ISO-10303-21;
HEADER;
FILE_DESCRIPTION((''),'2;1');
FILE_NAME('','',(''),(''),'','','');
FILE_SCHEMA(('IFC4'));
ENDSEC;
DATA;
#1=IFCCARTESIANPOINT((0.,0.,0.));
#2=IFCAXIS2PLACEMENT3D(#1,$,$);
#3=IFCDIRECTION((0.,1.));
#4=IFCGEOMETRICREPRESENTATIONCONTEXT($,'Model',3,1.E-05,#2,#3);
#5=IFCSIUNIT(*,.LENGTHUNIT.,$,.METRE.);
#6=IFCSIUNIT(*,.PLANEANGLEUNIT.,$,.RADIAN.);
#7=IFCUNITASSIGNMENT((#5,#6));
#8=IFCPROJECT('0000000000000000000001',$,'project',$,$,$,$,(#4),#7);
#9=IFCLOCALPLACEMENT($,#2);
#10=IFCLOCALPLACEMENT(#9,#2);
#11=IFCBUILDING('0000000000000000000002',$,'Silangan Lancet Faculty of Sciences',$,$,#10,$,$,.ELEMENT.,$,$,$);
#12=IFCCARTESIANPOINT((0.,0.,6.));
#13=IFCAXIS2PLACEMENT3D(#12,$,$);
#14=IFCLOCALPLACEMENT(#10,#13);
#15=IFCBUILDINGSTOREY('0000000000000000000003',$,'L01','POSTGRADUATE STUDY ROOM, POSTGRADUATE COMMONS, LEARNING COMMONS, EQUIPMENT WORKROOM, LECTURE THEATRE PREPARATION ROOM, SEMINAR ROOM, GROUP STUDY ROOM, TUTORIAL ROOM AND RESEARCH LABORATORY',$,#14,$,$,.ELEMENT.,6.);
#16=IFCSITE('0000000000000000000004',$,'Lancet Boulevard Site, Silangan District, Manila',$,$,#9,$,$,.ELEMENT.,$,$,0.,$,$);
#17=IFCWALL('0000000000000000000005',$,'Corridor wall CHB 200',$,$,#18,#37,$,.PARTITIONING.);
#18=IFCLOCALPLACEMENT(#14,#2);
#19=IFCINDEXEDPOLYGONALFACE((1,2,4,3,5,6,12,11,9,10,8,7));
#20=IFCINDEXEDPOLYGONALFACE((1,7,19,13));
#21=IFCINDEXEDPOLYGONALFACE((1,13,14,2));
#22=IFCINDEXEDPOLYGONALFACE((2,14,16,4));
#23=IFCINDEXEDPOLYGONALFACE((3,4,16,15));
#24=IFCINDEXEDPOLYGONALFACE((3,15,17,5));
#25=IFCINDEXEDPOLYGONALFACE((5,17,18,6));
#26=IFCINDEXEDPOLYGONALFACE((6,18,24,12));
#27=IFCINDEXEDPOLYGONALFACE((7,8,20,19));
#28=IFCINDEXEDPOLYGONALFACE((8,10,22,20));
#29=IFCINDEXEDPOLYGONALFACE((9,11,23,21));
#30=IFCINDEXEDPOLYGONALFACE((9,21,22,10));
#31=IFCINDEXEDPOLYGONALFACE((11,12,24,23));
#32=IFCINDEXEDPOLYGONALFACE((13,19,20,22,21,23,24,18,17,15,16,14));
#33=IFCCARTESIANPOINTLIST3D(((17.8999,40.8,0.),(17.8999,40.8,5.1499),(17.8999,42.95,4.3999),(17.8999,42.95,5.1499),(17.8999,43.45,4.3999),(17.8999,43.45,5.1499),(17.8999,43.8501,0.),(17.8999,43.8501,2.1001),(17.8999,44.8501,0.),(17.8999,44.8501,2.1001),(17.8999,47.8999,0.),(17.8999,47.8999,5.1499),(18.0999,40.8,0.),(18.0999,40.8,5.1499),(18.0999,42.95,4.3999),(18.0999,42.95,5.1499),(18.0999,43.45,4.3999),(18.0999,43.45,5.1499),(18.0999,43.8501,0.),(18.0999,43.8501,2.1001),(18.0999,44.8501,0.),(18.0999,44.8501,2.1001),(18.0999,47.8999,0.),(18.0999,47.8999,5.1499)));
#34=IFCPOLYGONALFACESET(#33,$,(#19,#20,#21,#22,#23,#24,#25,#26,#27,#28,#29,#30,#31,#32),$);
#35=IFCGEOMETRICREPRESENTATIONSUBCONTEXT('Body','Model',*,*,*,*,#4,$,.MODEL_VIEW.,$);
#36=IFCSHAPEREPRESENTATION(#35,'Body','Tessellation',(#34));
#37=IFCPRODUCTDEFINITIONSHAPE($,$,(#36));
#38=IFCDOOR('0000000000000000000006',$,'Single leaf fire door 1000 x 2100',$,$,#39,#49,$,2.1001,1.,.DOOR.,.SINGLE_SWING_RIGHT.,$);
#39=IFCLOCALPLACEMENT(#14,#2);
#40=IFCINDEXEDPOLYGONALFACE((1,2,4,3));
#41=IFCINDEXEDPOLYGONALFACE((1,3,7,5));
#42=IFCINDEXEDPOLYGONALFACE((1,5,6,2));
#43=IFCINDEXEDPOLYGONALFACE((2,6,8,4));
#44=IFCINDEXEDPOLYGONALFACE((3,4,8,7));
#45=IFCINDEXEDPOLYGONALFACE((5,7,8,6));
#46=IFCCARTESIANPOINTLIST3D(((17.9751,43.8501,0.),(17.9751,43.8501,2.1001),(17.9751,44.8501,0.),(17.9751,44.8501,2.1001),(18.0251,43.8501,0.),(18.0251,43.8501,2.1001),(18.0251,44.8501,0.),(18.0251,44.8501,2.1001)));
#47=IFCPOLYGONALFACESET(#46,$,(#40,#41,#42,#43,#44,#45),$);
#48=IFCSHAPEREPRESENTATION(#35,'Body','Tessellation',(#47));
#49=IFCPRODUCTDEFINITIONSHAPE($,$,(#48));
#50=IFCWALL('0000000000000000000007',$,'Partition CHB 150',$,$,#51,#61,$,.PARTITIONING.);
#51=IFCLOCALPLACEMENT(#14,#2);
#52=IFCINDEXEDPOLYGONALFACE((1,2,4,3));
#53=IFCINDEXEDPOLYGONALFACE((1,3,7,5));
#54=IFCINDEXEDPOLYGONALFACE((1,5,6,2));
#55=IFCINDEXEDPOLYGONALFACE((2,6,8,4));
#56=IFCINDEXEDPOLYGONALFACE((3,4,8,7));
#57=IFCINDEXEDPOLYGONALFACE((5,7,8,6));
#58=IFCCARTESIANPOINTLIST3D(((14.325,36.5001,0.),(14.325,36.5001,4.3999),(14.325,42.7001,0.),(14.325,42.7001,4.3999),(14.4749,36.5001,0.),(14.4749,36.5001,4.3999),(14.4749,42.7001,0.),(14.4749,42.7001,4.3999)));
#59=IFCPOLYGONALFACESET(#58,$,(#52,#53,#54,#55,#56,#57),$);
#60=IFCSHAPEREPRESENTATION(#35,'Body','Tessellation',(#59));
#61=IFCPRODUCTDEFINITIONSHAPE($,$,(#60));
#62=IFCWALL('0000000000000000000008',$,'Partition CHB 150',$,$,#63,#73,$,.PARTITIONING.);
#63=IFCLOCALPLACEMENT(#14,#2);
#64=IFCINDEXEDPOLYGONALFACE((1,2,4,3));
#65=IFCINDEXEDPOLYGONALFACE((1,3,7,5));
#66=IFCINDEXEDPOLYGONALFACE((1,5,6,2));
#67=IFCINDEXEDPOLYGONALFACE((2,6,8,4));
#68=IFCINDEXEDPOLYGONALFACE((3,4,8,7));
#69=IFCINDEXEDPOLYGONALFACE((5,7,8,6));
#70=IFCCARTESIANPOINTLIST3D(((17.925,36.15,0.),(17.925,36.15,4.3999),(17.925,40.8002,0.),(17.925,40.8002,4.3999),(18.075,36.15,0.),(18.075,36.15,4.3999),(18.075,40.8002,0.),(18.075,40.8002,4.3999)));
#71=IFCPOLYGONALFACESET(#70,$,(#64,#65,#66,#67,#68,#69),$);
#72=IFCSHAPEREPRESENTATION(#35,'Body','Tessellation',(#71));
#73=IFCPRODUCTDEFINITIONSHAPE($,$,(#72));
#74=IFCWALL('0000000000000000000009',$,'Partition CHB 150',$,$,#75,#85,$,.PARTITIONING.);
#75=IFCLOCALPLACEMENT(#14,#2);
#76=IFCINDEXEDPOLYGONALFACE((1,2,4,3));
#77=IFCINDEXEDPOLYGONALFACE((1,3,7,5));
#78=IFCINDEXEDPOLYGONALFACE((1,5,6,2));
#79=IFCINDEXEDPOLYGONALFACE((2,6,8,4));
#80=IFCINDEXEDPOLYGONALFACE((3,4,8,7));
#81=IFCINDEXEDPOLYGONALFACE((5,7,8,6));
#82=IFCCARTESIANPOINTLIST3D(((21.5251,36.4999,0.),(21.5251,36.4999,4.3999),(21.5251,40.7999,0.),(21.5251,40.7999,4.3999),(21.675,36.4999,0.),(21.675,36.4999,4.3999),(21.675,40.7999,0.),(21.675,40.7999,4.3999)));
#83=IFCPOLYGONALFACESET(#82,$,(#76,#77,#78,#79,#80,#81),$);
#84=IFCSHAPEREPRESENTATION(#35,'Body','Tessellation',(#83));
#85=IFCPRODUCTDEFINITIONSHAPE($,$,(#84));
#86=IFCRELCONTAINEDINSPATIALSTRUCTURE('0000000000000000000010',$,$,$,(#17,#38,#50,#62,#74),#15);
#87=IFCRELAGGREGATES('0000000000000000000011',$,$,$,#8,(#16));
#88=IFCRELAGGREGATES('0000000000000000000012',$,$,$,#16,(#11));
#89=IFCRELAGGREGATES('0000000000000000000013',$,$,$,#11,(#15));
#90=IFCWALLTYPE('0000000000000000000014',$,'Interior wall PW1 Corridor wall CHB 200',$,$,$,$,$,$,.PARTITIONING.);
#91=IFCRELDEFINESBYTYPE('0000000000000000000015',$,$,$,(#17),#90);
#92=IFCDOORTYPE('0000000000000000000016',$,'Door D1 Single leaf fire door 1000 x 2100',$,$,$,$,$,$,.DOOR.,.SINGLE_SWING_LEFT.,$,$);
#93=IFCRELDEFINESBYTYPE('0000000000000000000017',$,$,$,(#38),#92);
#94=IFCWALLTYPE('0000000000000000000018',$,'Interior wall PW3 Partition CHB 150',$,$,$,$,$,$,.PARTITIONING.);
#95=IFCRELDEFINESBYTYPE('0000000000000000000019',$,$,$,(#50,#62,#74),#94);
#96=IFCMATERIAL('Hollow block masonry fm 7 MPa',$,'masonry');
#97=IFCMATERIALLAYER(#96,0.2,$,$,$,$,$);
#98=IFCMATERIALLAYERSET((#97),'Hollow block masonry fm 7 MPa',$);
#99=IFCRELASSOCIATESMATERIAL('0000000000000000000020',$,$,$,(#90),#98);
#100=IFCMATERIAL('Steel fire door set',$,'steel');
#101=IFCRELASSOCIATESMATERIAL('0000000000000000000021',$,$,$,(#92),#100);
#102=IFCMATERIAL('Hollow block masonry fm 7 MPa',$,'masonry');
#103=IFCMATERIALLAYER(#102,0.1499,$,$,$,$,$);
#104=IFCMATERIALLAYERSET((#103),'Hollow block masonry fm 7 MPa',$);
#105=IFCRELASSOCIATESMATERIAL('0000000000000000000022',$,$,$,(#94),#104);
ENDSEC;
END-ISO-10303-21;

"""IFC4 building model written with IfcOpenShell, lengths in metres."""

from ifc_helpers import new_model, si_unit, direction, frame, frame_2d, origin, place, context, subcontext, project, spatial, polyline, rectangle, outline, extrude, material, layer, layer_set, type_object, element, fill, save


model = new_model("IFC4")

# Units and contexts
model_context = context("Model", 3, precision=1e-05, world=origin(), true_north=direction((0.0, 1.0)))
body_context = subcontext(model_context, "Body", "Model", "MODEL_VIEW")
ifc_project = project(units=[si_unit("LENGTHUNIT", "METRE"), si_unit("PLANEANGLEUNIT", "RADIAN")], contexts=[model_context])

# Site, building, storey
site_placement = place(None, origin())
site = spatial("IfcSite", under=ifc_project, at=site_placement, Name="Lancet Boulevard Site, Silangan District, Manila", CompositionType="ELEMENT", RefElevation=0.0)
building_placement = place(site_placement, origin())
building = spatial("IfcBuilding", under=site, at=building_placement, Name="Silangan Lancet Faculty of Sciences", CompositionType="ELEMENT")
storey_placement = place(building_placement, frame((0.0, 0.0, 6.0)))
storey = spatial("IfcBuildingStorey", under=building, at=storey_placement, Name="L01", Description="POSTGRADUATE STUDY ROOM, POSTGRADUATE COMMONS, LEARNING COMMONS, EQUIPMENT WORKROOM, LECTURE THEATRE PREPARATION ROOM, SEMINAR ROOM, GROUP STUDY ROOM, TUTORIAL ROOM AND RESEARCH LABORATORY", CompositionType="ELEMENT", Elevation=6.0)

# Wall, opening, door
ifc_material_1 = material(Name="Hollow block masonry fm 7 MPa", Category="masonry")
ifc_layer_1 = layer(ifc_material_1, 0.2)
ifc_layer_set_1 = layer_set([ifc_layer_1], Name="Hollow block masonry fm 7 MPa")
wall_type_1 = type_object("IfcWallType", Name="Interior wall PW1 Corridor wall CHB 200", PredefinedType="PARTITIONING", material=ifc_layer_set_1)
ifc_material_2 = material(Name="Steel fire door set", Category="steel")
door_type = type_object("IfcDoorType", Name="Door D1 Single leaf fire door 1000 x 2100", OperationType="SINGLE_SWING_LEFT", PredefinedType="DOOR", material=ifc_material_2)
wall_1_placement = place(storey_placement, frame((18.0, 40.8, 0.0), z_axis=(0.0, 0.0, 1.0), x_axis=(0.0, 1.0, 0.0)))
wall_1 = element("IfcWall", 1, at=wall_1_placement, inside=storey, type_object=wall_type_1, Name="Corridor wall CHB 200", PredefinedType="PARTITIONING", context=body_context, shape_type="SweptSolid", body=[
    extrude(outline(polyline([(0.0, 0.0), (7.0999, 0.0), (7.0999, 5.1499), (2.6499, 5.1499), (2.6499, 4.3999), (2.1499, 4.3999), (2.1499, 5.1499), (0.0, 5.1499), (0.0, 0.0)])), frame((0.0, 0.1001, 0.0), z_axis=(0.0, -1.0, 0.0), x_axis=(1.0, 0.0, 0.0)), (0.0, 0.0, 1.0), 0.2),
])
opening_1_placement = place(wall_1_placement, frame((3.05, 0.0, 0.0)))
opening_1 = element("IfcOpeningElement", 2, at=opening_1_placement, cuts=wall_1, PredefinedType="OPENING", context=body_context, shape_type="SweptSolid", body=[
    extrude(rectangle(XDim=1.0, YDim=2.1001, at=frame_2d((0.5, 1.05))), frame((0.0, 0.1099, 0.0), z_axis=(0.0, -1.0, 0.0), x_axis=(1.0, 0.0, 0.0)), (0.0, 0.0, 1.0), 0.22),
])
door_1_placement = place(opening_1_placement, origin())
door_1 = element("IfcDoor", 3, at=door_1_placement, inside=storey, type_object=door_type, Name="Single leaf fire door 1000 x 2100", OperationType="SINGLE_SWING_RIGHT", OverallHeight=2.1001, OverallWidth=1.0, PredefinedType="DOOR", context=body_context, shape_type="SweptSolid", body=[
    extrude(rectangle(XDim=1.0, YDim=2.1001, at=frame_2d((0.5, 1.05))), frame((0.0, 0.0249, 0.0), z_axis=(0.0, -1.0, 0.0), x_axis=(1.0, 0.0, 0.0)), (0.0, 0.0, 1.0), 0.05),
])
fill(opening_1, door_1)

# Walls
ifc_material_3 = material(Name="Hollow block masonry fm 7 MPa", Category="masonry")
ifc_layer_2 = layer(ifc_material_3, 0.1499)
ifc_layer_set_2 = layer_set([ifc_layer_2], Name="Hollow block masonry fm 7 MPa")
wall_type_2 = type_object("IfcWallType", Name="Interior wall PW3 Partition CHB 150", PredefinedType="PARTITIONING", material=ifc_layer_set_2)
wall_2_placement = place(storey_placement, frame((14.3999, 36.5, 0.0), z_axis=(0.0, 0.0, 1.0), x_axis=(0.0, 1.0, 0.0)))
element("IfcWall", 4, at=wall_2_placement, inside=storey, type_object=wall_type_2, Name="Partition CHB 150", PredefinedType="PARTITIONING", context=body_context, shape_type="SweptSolid", body=[
    extrude(rectangle(XDim=6.2, YDim=0.1499, at=frame_2d((3.1001, 0.0))), origin(), (0.0, 0.0, 1.0), 4.3999),
])
wall_3_placement = place(storey_placement, frame((18.0, 36.1499, 0.0), z_axis=(0.0, 0.0, 1.0), x_axis=(0.0, 1.0, 0.0)))
element("IfcWall", 5, at=wall_3_placement, inside=storey, type_object=wall_type_2, Name="Partition CHB 150", PredefinedType="PARTITIONING", context=body_context, shape_type="SweptSolid", body=[
    extrude(rectangle(XDim=4.6501, YDim=0.1499, at=frame_2d((2.3252, 0.0))), origin(), (0.0, 0.0, 1.0), 4.3999),
])
wall_4_placement = place(storey_placement, frame((21.6001, 36.5, 0.0), z_axis=(0.0, 0.0, 1.0), x_axis=(0.0, 1.0, 0.0)))
element("IfcWall", 6, at=wall_4_placement, inside=storey, type_object=wall_type_2, Name="Partition CHB 150", PredefinedType="PARTITIONING", context=body_context, shape_type="SweptSolid", body=[
    extrude(rectangle(XDim=4.3, YDim=0.1499, at=frame_2d((2.1499, 0.0))), origin(), (0.0, 0.0, 1.0), 4.3999),
])

save(model, "model.ifc")
